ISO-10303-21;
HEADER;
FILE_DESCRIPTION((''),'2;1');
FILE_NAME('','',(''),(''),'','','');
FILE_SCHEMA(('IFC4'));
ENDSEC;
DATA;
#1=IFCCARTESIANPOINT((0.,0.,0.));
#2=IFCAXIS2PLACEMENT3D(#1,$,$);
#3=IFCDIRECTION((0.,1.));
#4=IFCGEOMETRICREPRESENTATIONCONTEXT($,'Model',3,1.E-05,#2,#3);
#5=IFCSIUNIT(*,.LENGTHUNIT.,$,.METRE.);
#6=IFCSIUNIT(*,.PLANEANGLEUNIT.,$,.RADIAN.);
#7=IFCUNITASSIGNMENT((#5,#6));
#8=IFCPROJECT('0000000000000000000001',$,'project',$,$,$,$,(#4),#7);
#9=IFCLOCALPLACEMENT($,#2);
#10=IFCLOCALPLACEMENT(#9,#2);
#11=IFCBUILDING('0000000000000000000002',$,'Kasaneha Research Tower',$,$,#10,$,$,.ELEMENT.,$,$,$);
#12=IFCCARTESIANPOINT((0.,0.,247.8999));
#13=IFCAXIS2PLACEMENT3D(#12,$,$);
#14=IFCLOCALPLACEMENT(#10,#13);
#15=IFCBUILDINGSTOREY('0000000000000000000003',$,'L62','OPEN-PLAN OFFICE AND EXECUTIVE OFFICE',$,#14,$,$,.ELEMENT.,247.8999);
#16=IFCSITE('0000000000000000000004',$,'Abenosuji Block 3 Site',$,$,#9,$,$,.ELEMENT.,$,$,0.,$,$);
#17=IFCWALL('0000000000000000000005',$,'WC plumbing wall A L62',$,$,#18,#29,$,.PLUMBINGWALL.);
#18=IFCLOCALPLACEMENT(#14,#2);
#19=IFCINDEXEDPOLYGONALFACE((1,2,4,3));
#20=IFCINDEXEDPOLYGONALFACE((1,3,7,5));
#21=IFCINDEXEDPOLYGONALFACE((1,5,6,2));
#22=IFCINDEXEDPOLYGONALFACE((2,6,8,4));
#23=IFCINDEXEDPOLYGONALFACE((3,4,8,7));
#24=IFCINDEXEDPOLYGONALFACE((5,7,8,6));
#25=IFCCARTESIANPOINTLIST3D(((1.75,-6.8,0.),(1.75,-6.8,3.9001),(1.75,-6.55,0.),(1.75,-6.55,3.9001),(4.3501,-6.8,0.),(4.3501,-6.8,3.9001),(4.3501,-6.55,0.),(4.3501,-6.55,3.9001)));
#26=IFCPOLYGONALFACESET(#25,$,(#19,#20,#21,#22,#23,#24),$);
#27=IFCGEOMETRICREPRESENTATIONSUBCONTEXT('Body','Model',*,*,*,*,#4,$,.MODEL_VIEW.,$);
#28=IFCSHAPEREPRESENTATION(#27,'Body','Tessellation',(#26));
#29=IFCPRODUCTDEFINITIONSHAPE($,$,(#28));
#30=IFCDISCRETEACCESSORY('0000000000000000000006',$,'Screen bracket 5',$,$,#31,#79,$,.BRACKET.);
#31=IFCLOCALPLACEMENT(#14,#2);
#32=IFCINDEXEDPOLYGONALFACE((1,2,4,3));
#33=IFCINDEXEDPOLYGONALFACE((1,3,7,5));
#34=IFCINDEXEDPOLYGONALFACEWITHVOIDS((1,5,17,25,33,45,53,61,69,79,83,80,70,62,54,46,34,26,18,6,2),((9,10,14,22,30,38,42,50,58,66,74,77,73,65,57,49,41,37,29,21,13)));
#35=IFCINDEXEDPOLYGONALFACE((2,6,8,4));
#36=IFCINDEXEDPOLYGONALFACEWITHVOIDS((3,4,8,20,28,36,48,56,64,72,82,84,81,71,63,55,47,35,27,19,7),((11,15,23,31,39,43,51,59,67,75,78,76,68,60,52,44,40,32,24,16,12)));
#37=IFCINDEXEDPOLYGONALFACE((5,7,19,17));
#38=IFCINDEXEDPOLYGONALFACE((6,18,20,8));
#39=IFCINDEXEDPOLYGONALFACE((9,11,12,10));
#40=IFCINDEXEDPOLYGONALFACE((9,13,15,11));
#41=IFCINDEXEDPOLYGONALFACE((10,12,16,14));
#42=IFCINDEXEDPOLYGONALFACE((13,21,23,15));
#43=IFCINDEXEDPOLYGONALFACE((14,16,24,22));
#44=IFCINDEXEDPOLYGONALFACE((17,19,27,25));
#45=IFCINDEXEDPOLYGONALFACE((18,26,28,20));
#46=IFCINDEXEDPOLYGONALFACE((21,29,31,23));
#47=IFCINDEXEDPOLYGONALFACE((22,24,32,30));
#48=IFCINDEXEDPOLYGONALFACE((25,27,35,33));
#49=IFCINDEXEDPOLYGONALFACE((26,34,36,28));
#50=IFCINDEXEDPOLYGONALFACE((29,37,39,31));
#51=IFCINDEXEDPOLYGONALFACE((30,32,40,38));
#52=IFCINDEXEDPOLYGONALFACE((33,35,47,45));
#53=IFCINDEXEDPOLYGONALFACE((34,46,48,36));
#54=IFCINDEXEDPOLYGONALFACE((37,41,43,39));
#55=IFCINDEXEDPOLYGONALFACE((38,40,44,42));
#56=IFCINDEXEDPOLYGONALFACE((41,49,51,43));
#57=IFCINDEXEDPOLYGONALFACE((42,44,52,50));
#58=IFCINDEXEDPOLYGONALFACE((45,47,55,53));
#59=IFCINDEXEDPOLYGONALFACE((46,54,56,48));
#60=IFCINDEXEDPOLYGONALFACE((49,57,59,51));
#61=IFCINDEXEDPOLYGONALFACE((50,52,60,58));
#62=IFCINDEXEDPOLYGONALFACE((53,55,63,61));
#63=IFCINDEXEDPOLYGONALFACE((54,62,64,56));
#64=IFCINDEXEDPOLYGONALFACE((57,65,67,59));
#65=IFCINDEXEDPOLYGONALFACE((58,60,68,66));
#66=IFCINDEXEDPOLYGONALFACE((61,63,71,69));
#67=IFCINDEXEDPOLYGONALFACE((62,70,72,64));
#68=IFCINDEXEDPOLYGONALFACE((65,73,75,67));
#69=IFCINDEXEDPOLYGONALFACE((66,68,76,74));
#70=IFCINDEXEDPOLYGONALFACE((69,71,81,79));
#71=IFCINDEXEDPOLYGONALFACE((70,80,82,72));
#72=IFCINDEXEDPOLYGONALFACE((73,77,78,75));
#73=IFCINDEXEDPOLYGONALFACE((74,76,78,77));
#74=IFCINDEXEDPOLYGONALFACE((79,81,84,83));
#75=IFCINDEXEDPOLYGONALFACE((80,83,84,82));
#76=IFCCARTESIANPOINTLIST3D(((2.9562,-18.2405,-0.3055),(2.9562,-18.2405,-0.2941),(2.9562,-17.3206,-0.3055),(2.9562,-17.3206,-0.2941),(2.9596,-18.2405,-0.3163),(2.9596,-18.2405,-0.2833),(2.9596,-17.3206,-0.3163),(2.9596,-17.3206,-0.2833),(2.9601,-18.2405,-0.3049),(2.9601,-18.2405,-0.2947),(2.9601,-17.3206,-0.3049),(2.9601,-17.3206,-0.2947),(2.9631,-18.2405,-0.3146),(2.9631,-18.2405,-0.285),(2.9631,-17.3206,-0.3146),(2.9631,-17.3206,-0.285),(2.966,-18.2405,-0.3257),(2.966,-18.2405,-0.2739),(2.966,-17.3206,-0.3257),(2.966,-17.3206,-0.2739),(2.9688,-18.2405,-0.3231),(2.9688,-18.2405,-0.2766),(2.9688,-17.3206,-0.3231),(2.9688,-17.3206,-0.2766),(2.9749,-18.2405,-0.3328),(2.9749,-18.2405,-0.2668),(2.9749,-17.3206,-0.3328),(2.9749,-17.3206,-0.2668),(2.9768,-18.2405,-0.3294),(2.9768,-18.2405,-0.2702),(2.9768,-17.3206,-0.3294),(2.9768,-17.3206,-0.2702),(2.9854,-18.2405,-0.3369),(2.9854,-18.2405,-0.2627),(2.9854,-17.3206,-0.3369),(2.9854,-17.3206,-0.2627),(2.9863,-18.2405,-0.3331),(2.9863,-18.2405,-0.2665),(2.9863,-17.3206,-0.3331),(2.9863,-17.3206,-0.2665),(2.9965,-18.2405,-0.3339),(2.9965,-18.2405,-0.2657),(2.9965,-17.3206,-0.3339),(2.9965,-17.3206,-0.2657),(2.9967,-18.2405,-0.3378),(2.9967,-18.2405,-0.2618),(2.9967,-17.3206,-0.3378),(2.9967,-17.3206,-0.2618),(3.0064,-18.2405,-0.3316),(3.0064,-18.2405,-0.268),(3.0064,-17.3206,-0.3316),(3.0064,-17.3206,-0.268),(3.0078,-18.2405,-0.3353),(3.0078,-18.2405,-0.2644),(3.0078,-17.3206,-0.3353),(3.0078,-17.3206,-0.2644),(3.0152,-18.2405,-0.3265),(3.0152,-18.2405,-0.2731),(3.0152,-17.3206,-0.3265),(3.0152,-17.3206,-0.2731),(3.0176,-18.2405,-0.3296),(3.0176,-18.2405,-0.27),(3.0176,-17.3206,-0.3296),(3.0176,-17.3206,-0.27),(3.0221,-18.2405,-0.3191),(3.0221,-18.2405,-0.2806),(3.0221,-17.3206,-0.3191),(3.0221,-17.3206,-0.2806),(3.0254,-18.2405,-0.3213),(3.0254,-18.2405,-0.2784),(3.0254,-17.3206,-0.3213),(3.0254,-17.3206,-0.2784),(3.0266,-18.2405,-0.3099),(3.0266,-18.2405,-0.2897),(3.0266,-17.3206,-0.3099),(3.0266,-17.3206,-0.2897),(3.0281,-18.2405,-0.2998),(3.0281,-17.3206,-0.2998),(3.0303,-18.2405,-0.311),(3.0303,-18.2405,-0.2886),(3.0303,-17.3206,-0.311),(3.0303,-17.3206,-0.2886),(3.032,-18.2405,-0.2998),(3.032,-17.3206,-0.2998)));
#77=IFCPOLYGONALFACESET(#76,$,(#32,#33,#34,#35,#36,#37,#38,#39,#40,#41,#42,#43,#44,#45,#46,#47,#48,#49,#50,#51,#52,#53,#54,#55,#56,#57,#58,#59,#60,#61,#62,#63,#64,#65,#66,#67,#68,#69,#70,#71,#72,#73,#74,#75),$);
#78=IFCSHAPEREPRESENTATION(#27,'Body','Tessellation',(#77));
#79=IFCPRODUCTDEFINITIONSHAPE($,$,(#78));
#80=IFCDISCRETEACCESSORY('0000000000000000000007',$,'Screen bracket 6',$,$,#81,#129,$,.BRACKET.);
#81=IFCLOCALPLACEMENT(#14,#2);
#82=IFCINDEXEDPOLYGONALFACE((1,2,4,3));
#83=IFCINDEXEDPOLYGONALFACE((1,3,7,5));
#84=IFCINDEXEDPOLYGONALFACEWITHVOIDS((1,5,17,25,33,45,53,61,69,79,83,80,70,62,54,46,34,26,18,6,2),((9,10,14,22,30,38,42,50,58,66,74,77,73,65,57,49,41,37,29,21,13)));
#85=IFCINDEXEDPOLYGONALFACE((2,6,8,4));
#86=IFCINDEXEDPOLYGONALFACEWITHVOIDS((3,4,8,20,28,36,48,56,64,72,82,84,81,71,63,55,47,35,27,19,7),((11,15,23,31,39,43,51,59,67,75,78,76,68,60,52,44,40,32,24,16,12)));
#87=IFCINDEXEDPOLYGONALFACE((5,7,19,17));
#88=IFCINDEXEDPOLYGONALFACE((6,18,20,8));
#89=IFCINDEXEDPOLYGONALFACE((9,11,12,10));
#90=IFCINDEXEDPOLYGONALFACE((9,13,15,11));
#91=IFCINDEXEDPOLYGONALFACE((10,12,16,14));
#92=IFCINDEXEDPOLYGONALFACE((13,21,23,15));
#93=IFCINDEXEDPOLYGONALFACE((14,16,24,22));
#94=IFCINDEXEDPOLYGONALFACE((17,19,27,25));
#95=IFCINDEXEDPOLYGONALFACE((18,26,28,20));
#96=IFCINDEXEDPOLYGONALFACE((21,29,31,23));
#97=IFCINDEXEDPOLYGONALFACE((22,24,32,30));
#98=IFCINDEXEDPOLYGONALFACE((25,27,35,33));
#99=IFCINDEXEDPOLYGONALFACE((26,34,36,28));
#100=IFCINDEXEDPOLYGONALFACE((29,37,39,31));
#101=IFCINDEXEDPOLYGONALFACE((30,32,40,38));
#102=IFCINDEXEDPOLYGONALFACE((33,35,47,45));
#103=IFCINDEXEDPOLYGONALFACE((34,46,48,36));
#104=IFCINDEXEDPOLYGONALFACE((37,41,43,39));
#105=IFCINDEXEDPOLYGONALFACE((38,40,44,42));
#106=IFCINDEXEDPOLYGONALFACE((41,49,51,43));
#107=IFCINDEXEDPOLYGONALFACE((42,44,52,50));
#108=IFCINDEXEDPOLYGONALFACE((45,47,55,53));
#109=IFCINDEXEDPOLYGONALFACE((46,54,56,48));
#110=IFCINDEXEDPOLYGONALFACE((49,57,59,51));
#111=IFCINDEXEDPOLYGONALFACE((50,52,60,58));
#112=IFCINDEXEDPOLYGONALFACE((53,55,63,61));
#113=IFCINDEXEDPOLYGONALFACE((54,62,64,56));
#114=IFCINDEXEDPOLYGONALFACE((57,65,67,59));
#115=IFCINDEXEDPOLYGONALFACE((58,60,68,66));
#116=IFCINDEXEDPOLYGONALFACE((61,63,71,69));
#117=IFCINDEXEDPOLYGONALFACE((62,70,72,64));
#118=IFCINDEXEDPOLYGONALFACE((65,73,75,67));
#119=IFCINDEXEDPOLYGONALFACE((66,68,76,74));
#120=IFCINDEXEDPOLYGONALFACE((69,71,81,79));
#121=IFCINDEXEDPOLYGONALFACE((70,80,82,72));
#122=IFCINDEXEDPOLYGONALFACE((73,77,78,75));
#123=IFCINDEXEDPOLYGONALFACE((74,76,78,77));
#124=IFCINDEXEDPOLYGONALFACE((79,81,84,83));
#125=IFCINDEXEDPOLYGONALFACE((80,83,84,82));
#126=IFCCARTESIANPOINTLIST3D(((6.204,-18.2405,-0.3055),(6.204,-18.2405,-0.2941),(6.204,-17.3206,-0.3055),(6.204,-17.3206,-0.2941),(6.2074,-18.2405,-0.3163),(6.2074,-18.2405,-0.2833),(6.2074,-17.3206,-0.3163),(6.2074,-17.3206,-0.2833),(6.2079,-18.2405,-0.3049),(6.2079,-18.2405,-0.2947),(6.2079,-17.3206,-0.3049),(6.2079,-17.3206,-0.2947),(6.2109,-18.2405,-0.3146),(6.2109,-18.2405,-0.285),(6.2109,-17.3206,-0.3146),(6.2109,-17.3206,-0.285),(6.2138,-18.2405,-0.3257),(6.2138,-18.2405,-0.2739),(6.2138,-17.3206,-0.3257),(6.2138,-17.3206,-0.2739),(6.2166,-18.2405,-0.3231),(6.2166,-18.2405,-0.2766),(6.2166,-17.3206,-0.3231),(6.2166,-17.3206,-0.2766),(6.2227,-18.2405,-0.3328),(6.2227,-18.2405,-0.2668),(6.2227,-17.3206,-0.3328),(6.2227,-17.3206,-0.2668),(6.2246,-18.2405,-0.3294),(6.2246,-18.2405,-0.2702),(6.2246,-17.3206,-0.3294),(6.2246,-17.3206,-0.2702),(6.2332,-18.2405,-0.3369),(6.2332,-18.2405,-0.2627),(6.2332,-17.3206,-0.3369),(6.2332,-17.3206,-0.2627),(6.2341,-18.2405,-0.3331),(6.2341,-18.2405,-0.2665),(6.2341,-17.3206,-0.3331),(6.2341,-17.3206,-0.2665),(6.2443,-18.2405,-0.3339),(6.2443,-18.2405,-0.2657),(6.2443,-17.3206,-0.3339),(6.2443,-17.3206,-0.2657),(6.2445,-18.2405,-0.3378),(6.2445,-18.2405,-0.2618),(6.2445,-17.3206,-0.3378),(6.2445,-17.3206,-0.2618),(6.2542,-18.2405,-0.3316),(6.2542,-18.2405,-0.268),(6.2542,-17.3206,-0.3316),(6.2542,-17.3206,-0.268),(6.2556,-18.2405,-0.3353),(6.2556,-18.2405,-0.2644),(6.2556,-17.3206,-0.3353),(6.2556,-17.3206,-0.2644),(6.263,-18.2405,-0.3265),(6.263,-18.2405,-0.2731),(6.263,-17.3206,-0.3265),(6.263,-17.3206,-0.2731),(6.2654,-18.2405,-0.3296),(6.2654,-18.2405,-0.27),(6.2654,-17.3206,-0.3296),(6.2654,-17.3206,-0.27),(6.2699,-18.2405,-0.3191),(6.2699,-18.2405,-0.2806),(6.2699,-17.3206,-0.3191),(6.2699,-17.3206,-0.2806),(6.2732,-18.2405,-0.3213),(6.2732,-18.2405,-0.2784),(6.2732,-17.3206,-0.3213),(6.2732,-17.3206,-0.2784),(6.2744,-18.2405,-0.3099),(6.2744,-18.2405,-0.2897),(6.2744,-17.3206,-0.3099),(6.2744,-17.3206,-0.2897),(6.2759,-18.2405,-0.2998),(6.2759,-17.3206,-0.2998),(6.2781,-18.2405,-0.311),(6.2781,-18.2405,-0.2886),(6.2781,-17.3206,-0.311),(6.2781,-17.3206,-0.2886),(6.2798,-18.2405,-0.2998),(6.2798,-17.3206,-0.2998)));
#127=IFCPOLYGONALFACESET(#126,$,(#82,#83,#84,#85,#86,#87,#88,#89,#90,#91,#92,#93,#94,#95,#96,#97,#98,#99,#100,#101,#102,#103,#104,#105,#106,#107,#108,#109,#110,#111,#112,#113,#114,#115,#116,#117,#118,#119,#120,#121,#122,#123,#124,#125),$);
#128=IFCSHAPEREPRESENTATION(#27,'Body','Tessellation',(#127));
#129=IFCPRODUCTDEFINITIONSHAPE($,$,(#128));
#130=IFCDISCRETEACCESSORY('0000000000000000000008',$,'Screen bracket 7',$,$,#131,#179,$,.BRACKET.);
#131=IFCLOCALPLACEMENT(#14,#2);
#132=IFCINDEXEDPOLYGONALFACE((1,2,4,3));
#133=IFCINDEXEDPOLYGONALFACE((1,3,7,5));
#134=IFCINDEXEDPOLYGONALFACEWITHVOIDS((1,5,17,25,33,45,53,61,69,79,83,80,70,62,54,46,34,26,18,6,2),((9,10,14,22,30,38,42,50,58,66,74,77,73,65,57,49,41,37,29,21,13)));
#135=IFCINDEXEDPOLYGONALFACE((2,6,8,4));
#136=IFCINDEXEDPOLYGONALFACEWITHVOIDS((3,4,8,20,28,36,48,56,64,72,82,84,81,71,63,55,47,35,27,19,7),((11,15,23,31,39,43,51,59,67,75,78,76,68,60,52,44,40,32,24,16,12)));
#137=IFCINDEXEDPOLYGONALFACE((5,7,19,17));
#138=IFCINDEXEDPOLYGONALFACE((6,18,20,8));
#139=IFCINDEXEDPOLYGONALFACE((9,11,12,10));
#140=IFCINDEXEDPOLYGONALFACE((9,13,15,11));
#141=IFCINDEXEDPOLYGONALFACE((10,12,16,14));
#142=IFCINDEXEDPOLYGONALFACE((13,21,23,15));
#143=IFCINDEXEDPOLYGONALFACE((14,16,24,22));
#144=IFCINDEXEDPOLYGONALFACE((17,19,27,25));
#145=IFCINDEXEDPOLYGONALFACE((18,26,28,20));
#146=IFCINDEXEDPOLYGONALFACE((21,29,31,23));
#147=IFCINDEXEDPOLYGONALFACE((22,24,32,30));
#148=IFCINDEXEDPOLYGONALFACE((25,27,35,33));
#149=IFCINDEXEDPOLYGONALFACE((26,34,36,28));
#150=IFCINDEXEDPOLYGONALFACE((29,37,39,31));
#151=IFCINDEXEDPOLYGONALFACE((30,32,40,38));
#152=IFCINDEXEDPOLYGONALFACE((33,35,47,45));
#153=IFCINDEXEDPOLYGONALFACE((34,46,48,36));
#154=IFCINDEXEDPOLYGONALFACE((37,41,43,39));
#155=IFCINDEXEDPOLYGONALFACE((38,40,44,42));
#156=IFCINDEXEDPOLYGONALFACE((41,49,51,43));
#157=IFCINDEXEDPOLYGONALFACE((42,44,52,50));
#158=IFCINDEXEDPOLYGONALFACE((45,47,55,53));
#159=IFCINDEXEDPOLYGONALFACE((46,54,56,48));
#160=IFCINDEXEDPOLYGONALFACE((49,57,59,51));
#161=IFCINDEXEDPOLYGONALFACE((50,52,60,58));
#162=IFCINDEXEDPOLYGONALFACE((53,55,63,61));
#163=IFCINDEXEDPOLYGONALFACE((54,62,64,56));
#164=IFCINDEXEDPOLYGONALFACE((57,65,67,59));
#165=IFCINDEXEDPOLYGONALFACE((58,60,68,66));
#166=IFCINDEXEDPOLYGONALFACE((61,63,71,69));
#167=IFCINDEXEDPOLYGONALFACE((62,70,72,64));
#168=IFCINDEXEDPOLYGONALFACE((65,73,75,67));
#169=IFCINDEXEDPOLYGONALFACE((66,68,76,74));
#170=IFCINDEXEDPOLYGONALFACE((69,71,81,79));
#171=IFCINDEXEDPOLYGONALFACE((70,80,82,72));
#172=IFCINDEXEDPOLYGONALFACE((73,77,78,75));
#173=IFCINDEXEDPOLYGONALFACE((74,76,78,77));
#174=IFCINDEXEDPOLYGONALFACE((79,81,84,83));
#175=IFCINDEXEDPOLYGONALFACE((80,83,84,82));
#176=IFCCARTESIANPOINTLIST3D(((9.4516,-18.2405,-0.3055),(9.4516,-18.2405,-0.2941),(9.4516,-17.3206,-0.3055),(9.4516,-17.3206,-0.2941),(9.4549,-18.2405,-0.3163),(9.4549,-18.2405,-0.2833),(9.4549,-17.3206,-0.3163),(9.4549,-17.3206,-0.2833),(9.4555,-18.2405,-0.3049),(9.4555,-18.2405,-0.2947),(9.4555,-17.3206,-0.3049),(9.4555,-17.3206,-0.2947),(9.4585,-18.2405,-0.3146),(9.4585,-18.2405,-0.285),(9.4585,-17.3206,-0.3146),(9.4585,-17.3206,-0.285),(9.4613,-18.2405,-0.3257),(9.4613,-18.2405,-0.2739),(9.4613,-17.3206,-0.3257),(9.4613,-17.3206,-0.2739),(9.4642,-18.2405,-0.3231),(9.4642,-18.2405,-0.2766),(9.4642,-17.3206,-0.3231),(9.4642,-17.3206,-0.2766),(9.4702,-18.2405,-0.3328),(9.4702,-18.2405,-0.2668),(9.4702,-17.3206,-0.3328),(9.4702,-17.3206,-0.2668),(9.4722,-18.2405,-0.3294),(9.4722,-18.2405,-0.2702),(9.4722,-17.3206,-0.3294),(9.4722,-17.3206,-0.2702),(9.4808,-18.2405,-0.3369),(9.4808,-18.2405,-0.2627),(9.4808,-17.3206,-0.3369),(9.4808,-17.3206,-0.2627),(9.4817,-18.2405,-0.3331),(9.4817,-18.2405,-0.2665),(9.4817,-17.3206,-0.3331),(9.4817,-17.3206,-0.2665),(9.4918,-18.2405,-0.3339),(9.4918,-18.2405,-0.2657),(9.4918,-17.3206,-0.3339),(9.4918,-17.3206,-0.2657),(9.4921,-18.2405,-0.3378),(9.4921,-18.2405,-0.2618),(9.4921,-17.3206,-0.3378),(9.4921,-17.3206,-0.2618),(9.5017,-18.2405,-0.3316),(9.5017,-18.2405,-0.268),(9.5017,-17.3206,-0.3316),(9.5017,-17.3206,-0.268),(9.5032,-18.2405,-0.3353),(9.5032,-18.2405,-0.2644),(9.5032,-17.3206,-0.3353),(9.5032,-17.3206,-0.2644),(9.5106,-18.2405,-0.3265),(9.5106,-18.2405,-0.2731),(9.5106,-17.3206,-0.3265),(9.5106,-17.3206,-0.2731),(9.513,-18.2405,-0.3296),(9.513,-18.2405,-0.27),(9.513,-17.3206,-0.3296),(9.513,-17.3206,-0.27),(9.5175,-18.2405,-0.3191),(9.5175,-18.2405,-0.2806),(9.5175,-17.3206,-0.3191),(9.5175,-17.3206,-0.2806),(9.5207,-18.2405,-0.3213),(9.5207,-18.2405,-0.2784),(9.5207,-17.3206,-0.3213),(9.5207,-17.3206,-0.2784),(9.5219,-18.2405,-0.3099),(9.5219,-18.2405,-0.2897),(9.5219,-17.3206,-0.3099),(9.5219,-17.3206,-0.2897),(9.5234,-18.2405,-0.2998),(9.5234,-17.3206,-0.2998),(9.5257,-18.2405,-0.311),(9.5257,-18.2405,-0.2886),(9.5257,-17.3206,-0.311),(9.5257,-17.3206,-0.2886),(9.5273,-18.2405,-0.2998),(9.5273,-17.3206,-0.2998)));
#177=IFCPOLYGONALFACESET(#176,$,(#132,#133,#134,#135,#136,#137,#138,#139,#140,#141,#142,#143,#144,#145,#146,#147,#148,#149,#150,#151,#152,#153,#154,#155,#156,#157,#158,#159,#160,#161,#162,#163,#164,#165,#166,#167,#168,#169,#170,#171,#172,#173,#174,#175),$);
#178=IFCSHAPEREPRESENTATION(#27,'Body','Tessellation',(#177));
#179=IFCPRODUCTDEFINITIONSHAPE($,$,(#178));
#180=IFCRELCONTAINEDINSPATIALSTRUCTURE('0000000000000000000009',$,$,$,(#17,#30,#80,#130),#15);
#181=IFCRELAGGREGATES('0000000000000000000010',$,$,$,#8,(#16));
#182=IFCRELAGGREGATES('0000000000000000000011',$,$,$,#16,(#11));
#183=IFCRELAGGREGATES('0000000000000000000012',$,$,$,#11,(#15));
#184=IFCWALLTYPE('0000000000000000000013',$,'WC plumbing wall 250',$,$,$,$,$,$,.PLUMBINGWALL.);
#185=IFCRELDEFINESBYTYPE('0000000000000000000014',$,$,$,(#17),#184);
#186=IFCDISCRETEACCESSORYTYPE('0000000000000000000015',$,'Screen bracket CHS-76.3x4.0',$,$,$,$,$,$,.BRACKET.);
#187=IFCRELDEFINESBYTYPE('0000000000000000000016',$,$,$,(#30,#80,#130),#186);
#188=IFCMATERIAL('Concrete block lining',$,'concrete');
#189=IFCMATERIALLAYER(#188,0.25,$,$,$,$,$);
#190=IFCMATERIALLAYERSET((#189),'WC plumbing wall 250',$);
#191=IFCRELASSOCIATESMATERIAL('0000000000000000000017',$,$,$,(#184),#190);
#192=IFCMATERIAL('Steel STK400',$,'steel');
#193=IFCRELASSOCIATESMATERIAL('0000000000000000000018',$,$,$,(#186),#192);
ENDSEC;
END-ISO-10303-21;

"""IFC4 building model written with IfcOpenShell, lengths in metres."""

from ifc_helpers import new_model, si_unit, direction, frame, frame_2d, origin, origin_2d, place, context, subcontext, project, spatial, rectangle, hollow_circle, extrude, material, layer, layer_set, material_profile, profile_set, type_object, element, save


model = new_model("IFC4")

# Units and contexts
model_context = context("Model", 3, precision=1e-05, world=origin(), true_north=direction((0.0, 1.0)))
body_context = subcontext(model_context, "Body", "Model", "MODEL_VIEW")
ifc_project = project(units=[si_unit("LENGTHUNIT", "METRE"), si_unit("PLANEANGLEUNIT", "RADIAN")], contexts=[model_context])

# Site, building, storey
site_placement = place(None, origin())
site = spatial("IfcSite", under=ifc_project, at=site_placement, Name="Abenosuji Block 3 Site", CompositionType="ELEMENT", RefElevation=0.0)
building_placement = place(site_placement, origin())
building = spatial("IfcBuilding", under=site, at=building_placement, Name="Kasaneha Research Tower", CompositionType="ELEMENT")
storey_placement = place(building_placement, frame((0.0, 0.0, 247.8999)))
storey = spatial("IfcBuildingStorey", under=building, at=storey_placement, Name="L62", Description="OPEN-PLAN OFFICE AND EXECUTIVE OFFICE", CompositionType="ELEMENT", Elevation=247.8999)

# Wall
ifc_material_1 = material(Name="Concrete block lining", Category="concrete")
ifc_layer_1 = layer(ifc_material_1, 0.25)
ifc_layer_set_1 = layer_set([ifc_layer_1], Name="WC plumbing wall 250")
wall_type_1 = type_object("IfcWallType", Name="WC plumbing wall 250", PredefinedType="PLUMBINGWALL", material=ifc_layer_set_1)
wall_1_placement = place(storey_placement, frame((1.75, -6.675, 0.0), z_axis=(0.0, 0.0, 1.0), x_axis=(1.0, 0.0, 0.0)))
element("IfcWall", 1, at=wall_1_placement, inside=storey, type_object=wall_type_1, Name="WC plumbing wall A L62", PredefinedType="PLUMBINGWALL", context=body_context, shape_type="SweptSolid", body=[
    extrude(rectangle(XDim=2.6001, YDim=0.25, at=frame_2d((1.3, 0.0))), origin(), (0.0, 0.0, 1.0), 3.9001),
])

# Discrete accessories
ifc_material_2 = material(Name="Steel STK400", Category="steel")
ifc_material_profile_1 = material_profile(ifc_material_2, hollow_circle(Radius=0.0381, WallThickness=0.0039, at=origin_2d()), Name="CHS-76.3x4.0")
ifc_profile_set_1 = profile_set([ifc_material_profile_1], Name="Steel STK400")
discrete_accessory_type = type_object("IfcDiscreteAccessoryType", Name="Screen bracket CHS-76.3x4.0", PredefinedType="BRACKET", material=ifc_profile_set_1)
for number, where, z_axis, x_axis, name in (
    (2, (2.9939, -17.3206, -0.2998), (0.0, -1.0, 0.0), (1.0, 0.0, 0.0), "Screen bracket 5"),
    (3, (6.2417, -17.3206, -0.2998), (0.0, -1.0, 0.0), (1.0, 0.0, 0.0), "Screen bracket 6"),
    (4, (9.4893, -17.3206, -0.2998), (0.0, -1.0, 0.0), (1.0, 0.0, 0.0), "Screen bracket 7"),
):
    element("IfcDiscreteAccessory", number, at=place(storey_placement, frame(where, z_axis=z_axis, x_axis=x_axis)), inside=storey, type_object=discrete_accessory_type, Name=name, PredefinedType="BRACKET", context=body_context, shape_type="SweptSolid", body=[
        extrude(hollow_circle(Radius=0.0381, WallThickness=0.0039, at=origin_2d()), origin(), (0.0, 0.0, 1.0), 0.9199),
    ])

save(model, "model.ifc")
